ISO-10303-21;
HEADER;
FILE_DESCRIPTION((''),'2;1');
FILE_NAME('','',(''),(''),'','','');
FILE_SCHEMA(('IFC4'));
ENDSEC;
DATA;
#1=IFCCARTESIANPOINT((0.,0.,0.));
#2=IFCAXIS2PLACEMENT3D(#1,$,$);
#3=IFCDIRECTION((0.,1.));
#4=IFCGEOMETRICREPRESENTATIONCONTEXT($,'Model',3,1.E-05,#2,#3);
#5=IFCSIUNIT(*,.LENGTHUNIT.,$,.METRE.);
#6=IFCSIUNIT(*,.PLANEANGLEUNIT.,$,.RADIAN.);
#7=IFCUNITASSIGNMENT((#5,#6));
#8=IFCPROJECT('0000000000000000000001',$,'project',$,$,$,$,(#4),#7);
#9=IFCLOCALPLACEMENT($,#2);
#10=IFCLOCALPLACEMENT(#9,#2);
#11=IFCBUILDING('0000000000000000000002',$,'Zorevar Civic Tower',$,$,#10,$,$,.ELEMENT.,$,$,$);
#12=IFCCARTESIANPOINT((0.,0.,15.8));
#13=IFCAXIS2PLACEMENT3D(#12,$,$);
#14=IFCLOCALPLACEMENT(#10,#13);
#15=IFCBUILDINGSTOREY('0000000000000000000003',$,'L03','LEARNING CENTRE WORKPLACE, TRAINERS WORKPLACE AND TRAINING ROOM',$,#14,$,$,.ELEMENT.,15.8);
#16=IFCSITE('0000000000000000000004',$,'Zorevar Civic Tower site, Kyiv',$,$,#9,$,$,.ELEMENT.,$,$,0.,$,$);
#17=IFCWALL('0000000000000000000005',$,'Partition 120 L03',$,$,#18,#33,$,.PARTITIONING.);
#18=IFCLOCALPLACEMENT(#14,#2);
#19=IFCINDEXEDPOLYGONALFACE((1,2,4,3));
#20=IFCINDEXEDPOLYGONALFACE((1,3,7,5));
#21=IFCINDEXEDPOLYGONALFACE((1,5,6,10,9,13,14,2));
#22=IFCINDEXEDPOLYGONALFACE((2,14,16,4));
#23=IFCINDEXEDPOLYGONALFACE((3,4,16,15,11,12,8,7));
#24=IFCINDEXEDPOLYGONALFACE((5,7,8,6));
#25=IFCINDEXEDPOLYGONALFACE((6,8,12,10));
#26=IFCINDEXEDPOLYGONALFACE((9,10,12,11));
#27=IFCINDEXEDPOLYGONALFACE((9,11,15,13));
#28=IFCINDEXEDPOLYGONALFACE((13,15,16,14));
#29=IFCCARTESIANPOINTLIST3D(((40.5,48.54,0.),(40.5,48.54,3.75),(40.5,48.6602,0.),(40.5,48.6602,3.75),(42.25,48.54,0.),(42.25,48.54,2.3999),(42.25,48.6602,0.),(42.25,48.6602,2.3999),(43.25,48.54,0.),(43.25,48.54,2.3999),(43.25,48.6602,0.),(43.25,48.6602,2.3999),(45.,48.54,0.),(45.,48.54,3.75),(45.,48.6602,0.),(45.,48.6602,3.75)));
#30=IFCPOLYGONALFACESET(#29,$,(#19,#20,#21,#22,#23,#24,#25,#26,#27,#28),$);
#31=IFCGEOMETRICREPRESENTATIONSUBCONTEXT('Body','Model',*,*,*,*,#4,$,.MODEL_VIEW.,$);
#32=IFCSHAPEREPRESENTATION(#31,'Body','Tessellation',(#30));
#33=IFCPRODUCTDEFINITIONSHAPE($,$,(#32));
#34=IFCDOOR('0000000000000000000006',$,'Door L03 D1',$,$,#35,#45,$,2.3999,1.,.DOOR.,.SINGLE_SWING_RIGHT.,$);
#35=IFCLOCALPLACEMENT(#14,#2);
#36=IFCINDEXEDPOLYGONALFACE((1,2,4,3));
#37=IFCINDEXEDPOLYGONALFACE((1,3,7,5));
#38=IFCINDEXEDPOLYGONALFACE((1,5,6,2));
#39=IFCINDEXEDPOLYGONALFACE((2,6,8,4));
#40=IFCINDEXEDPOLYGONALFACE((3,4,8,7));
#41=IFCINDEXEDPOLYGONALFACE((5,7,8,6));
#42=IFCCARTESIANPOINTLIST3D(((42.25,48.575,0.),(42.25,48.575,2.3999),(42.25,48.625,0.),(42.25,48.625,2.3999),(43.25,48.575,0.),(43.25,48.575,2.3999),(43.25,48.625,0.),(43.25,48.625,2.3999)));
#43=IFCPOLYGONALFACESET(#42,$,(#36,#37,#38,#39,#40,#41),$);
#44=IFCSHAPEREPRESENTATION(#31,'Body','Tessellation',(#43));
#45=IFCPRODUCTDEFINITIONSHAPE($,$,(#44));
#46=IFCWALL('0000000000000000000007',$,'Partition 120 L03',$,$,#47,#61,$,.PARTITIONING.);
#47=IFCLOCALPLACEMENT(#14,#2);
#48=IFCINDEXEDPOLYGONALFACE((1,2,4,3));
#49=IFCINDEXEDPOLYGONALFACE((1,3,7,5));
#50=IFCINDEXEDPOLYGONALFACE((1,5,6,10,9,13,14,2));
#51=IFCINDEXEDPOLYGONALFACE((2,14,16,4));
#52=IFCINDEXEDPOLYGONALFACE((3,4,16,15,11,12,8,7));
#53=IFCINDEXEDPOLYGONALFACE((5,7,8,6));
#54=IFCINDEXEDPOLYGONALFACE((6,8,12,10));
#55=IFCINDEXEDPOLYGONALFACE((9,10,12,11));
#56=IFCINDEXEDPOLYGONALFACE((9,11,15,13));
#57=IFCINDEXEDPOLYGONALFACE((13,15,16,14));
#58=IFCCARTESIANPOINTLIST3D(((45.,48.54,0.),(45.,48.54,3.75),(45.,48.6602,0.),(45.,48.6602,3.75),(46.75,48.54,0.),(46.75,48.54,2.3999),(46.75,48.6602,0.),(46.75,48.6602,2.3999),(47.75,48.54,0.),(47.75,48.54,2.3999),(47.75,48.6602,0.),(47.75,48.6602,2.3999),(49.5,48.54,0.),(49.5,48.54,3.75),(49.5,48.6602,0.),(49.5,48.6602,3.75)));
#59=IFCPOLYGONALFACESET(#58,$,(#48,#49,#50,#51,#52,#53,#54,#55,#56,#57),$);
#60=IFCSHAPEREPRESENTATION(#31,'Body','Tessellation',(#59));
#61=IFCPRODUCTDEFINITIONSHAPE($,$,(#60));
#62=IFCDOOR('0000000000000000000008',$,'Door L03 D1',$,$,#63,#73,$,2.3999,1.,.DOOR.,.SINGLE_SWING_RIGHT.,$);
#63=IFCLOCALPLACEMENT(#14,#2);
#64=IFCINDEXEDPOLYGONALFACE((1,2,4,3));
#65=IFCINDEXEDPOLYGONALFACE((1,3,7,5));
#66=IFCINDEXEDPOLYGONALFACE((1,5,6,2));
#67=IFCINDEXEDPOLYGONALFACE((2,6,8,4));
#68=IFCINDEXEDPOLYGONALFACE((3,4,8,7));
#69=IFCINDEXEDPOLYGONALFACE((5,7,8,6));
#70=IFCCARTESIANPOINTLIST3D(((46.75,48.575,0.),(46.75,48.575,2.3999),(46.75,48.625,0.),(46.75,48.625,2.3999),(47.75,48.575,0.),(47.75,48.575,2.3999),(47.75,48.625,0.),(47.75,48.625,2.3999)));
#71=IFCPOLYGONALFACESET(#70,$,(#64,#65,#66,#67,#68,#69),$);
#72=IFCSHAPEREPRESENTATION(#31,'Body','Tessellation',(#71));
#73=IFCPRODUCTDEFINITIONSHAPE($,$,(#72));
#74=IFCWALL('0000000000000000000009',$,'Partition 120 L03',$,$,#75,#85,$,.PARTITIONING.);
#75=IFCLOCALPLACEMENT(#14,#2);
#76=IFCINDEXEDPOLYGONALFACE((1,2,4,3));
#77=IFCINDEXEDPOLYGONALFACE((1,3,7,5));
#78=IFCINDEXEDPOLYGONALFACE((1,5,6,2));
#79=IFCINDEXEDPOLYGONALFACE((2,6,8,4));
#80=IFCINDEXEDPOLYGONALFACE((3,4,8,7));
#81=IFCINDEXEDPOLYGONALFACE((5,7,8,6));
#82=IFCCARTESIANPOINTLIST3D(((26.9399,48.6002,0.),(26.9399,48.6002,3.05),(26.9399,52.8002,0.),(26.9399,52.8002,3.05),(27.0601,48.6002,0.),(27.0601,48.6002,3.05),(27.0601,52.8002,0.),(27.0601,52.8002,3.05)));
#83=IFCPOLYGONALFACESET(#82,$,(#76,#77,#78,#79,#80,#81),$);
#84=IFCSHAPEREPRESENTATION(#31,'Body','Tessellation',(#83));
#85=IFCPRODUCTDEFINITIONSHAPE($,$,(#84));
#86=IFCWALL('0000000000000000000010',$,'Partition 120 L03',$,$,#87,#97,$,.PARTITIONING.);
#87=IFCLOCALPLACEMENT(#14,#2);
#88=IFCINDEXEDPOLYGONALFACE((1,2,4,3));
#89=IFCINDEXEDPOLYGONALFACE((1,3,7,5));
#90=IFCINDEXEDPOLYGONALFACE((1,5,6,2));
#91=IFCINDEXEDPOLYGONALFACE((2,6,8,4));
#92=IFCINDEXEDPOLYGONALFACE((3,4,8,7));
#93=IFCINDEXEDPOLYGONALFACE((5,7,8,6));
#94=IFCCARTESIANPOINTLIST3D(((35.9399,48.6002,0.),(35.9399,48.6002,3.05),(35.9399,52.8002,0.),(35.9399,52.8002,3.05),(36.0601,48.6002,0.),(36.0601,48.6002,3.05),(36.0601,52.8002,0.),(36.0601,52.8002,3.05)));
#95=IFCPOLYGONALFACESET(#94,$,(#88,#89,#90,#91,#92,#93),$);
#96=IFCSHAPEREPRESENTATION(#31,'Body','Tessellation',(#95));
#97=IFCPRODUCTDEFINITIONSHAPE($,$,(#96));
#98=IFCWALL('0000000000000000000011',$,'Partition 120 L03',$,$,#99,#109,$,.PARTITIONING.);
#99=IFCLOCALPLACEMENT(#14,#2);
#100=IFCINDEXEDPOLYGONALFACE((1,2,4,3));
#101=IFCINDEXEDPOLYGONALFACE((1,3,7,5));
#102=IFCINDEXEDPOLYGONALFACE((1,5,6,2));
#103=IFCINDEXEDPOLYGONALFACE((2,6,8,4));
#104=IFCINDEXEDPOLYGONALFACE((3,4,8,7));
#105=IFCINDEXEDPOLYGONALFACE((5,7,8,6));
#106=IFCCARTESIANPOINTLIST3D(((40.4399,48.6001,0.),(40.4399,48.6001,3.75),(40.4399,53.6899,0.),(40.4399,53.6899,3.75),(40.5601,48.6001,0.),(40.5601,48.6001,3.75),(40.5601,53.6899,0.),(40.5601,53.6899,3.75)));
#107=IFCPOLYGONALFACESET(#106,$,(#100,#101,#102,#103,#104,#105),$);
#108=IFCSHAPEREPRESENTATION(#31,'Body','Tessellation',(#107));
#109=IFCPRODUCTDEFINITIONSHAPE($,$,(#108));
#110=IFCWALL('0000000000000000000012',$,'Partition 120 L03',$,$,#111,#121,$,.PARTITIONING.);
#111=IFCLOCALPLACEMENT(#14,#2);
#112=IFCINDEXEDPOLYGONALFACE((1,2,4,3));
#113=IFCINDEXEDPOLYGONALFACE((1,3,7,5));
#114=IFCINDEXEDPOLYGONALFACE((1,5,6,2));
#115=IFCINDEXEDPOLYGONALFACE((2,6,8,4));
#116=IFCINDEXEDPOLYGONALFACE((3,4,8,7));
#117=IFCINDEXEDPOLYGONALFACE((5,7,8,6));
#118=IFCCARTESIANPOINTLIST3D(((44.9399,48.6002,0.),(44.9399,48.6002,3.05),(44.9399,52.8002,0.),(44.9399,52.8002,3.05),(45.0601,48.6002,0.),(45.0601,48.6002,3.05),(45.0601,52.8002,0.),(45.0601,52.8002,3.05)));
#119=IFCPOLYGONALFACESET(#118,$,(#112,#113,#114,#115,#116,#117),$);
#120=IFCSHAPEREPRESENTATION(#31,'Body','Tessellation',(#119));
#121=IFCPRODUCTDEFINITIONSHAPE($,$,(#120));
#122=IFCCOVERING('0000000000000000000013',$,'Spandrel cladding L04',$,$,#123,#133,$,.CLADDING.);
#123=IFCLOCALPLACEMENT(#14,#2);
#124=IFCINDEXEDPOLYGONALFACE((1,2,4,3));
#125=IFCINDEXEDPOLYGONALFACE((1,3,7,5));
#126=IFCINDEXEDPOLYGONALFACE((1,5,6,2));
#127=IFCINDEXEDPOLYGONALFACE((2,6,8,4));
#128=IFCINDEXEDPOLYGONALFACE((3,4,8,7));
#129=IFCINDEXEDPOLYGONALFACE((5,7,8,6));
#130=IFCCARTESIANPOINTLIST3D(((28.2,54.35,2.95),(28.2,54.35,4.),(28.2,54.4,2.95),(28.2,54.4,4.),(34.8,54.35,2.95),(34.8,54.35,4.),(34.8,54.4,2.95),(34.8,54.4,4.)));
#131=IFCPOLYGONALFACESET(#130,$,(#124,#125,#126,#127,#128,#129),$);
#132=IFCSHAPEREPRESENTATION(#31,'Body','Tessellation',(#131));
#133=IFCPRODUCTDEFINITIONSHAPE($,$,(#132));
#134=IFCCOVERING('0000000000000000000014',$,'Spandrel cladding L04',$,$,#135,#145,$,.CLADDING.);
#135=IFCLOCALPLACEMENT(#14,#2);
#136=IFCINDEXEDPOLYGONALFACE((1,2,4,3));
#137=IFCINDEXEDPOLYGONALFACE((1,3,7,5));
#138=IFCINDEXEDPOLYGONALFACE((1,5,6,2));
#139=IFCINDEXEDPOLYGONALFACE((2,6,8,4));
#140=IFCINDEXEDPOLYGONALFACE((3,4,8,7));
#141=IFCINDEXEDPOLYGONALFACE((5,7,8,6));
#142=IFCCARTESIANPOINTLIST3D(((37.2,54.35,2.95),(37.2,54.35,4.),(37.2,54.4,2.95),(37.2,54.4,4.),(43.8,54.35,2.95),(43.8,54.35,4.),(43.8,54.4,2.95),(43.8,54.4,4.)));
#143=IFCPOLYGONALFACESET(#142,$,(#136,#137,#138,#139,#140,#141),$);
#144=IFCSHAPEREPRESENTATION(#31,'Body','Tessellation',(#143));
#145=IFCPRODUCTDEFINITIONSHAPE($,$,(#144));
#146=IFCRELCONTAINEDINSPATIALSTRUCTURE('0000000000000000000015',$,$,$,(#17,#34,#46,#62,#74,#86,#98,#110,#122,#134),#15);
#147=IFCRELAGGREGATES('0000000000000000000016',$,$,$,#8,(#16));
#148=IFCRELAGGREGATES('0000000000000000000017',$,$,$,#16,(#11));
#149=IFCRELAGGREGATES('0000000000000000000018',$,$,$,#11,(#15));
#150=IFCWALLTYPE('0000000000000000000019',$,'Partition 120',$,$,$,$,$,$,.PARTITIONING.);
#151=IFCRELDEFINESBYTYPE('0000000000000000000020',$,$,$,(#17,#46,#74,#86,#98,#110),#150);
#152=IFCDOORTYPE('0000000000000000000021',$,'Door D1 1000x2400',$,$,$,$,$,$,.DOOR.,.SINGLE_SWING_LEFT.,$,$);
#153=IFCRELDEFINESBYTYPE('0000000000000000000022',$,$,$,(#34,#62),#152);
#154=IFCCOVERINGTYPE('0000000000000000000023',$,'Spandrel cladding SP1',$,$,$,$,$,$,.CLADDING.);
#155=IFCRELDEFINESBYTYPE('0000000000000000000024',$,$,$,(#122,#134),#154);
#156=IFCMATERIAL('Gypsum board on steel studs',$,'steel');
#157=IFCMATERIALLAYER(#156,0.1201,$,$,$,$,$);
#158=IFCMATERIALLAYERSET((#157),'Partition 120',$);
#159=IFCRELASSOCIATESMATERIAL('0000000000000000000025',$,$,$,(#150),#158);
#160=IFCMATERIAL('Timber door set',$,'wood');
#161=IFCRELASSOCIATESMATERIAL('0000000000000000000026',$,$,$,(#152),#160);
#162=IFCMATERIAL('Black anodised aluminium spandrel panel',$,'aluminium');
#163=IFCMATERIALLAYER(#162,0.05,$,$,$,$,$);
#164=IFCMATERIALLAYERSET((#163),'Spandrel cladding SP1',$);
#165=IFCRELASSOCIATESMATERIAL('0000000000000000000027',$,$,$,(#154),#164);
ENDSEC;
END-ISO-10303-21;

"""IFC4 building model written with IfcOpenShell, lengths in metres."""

from ifc_helpers import new_model, si_unit, direction, frame, frame_2d, origin, place, context, subcontext, project, spatial, rectangle, extrude, material, layer, layer_set, type_object, element, fill, save


model = new_model("IFC4")

# Units and contexts
model_context = context("Model", 3, precision=1e-05, world=origin(), true_north=direction((0.0, 1.0)))
body_context = subcontext(model_context, "Body", "Model", "MODEL_VIEW")
ifc_project = project(units=[si_unit("LENGTHUNIT", "METRE"), si_unit("PLANEANGLEUNIT", "RADIAN")], contexts=[model_context])

# Site, building, storey
site_placement = place(None, origin())
site = spatial("IfcSite", under=ifc_project, at=site_placement, Name="Zorevar Civic Tower site, Kyiv", CompositionType="ELEMENT", RefElevation=0.0)
building_placement = place(site_placement, origin())
building = spatial("IfcBuilding", under=site, at=building_placement, Name="Zorevar Civic Tower", CompositionType="ELEMENT")
storey_placement = place(building_placement, frame((0.0, 0.0, 15.8)))
storey = spatial("IfcBuildingStorey", under=building, at=storey_placement, Name="L03", Description="LEARNING CENTRE WORKPLACE, TRAINERS WORKPLACE AND TRAINING ROOM", CompositionType="ELEMENT", Elevation=15.8)

# Walls, openings, doors
ifc_material_1 = material(Name="Gypsum board on steel studs", Category="steel")
ifc_layer_1 = layer(ifc_material_1, 0.1201)
ifc_layer_set_1 = layer_set([ifc_layer_1], Name="Partition 120")
wall_type = type_object("IfcWallType", Name="Partition 120", PredefinedType="PARTITIONING", material=ifc_layer_set_1)
ifc_material_2 = material(Name="Timber door set", Category="wood")
door_type = type_object("IfcDoorType", Name="Door D1 1000x2400", OperationType="SINGLE_SWING_LEFT", PredefinedType="DOOR", material=ifc_material_2)
wall_1_placement = place(storey_placement, frame((40.5, 48.6001, 0.0), z_axis=(0.0, 0.0, 1.0), x_axis=(1.0, 0.0, 0.0)))
wall_1 = element("IfcWall", 1, at=wall_1_placement, inside=storey, type_object=wall_type, Name="Partition 120 L03", PredefinedType="PARTITIONING", context=body_context, shape_type="SweptSolid", body=[
    extrude(rectangle(XDim=4.5, YDim=0.1201, at=frame_2d((2.25, 0.0))), origin(), (0.0, 0.0, 1.0), 3.75),
])
opening_1_placement = place(wall_1_placement, frame((1.75, 0.0, 0.0)))
opening_1 = element("IfcOpeningElement", 2, at=opening_1_placement, cuts=wall_1, PredefinedType="OPENING", context=body_context, shape_type="SweptSolid", body=[
    extrude(rectangle(XDim=1.0, YDim=2.3999, at=frame_2d((0.5, 1.2))), frame((0.0, 0.0701, 0.0), z_axis=(0.0, -1.0, 0.0), x_axis=(1.0, 0.0, 0.0)), (0.0, 0.0, 1.0), 0.1401),
])
door_1_placement = place(opening_1_placement, origin())
door_1 = element("IfcDoor", 3, at=door_1_placement, inside=storey, type_object=door_type, Name="Door L03 D1", OperationType="SINGLE_SWING_RIGHT", OverallHeight=2.3999, OverallWidth=1.0, PredefinedType="DOOR", context=body_context, shape_type="SweptSolid", body=[
    extrude(rectangle(XDim=1.0, YDim=2.3999, at=frame_2d((0.5, 1.2))), frame((0.0, 0.0249, 0.0), z_axis=(0.0, -1.0, 0.0), x_axis=(1.0, 0.0, 0.0)), (0.0, 0.0, 1.0), 0.05),
])
fill(opening_1, door_1)
wall_2_placement = place(storey_placement, frame((45.0, 48.6001, 0.0), z_axis=(0.0, 0.0, 1.0), x_axis=(1.0, 0.0, 0.0)))
wall_2 = element("IfcWall", 4, at=wall_2_placement, inside=storey, type_object=wall_type, Name="Partition 120 L03", PredefinedType="PARTITIONING", context=body_context, shape_type="SweptSolid", body=[
    extrude(rectangle(XDim=4.5, YDim=0.1201, at=frame_2d((2.25, 0.0))), origin(), (0.0, 0.0, 1.0), 3.75),
])
opening_2_placement = place(wall_2_placement, frame((1.75, 0.0, 0.0)))
opening_2 = element("IfcOpeningElement", 5, at=opening_2_placement, cuts=wall_2, PredefinedType="OPENING", context=body_context, shape_type="SweptSolid", body=[
    extrude(rectangle(XDim=1.0, YDim=2.3999, at=frame_2d((0.5, 1.2))), frame((0.0, 0.0701, 0.0), z_axis=(0.0, -1.0, 0.0), x_axis=(1.0, 0.0, 0.0)), (0.0, 0.0, 1.0), 0.1401),
])
door_2_placement = place(opening_2_placement, origin())
door_2 = element("IfcDoor", 6, at=door_2_placement, inside=storey, type_object=door_type, Name="Door L03 D1", OperationType="SINGLE_SWING_RIGHT", OverallHeight=2.3999, OverallWidth=1.0, PredefinedType="DOOR", context=body_context, shape_type="SweptSolid", body=[
    extrude(rectangle(XDim=1.0, YDim=2.3999, at=frame_2d((0.5, 1.2))), frame((0.0, 0.0249, 0.0), z_axis=(0.0, -1.0, 0.0), x_axis=(1.0, 0.0, 0.0)), (0.0, 0.0, 1.0), 0.05),
])
fill(opening_2, door_2)

# Walls
for number, where, z_axis, x_axis, name in (
    (7, (27.0, 48.6001, 0.0), (0.0, 0.0, 1.0), (0.0, 1.0, 0.0), "Partition 120 L03"),
    (8, (36.0, 48.6001, 0.0), (0.0, 0.0, 1.0), (0.0, 1.0, 0.0), "Partition 120 L03"),
):
    element("IfcWall", number, at=place(storey_placement, frame(where, z_axis=z_axis, x_axis=x_axis)), inside=storey, type_object=wall_type, Name=name, PredefinedType="PARTITIONING", context=body_context, shape_type="SweptSolid", body=[
        extrude(rectangle(XDim=4.2, YDim=0.1201, at=frame_2d((2.1001, 0.0))), origin(), (0.0, 0.0, 1.0), 3.05),
    ])
wall_3_placement = place(storey_placement, frame((40.5, 48.6001, 0.0), z_axis=(0.0, 0.0, 1.0), x_axis=(0.0, 1.0, 0.0)))
element("IfcWall", 9, at=wall_3_placement, inside=storey, type_object=wall_type, Name="Partition 120 L03", PredefinedType="PARTITIONING", context=body_context, shape_type="SweptSolid", body=[
    extrude(rectangle(XDim=5.0898, YDim=0.1201, at=frame_2d((2.5449, 0.0))), origin(), (0.0, 0.0, 1.0), 3.75),
])
wall_4_placement = place(storey_placement, frame((45.0, 48.6001, 0.0), z_axis=(0.0, 0.0, 1.0), x_axis=(0.0, 1.0, 0.0)))
element("IfcWall", 10, at=wall_4_placement, inside=storey, type_object=wall_type, Name="Partition 120 L03", PredefinedType="PARTITIONING", context=body_context, shape_type="SweptSolid", body=[
    extrude(rectangle(XDim=4.2, YDim=0.1201, at=frame_2d((2.1001, 0.0))), origin(), (0.0, 0.0, 1.0), 3.05),
])

# Coverings
ifc_material_3 = material(Name="Black anodised aluminium spandrel panel", Category="aluminium")
ifc_layer_2 = layer(ifc_material_3, 0.05)
ifc_layer_set_2 = layer_set([ifc_layer_2], Name="Spandrel cladding SP1")
covering_type = type_object("IfcCoveringType", Name="Spandrel cladding SP1", PredefinedType="CLADDING", material=ifc_layer_set_2)
for number, where, z_axis, x_axis, name in (
    (11, (28.2, 54.375, 2.95), (0.0, 0.0, 1.0), (1.0, 0.0, 0.0), "Spandrel cladding L04"),
    (12, (37.2, 54.375, 2.95), (0.0, 0.0, 1.0), (1.0, 0.0, 0.0), "Spandrel cladding L04"),
):
    element("IfcCovering", number, at=place(storey_placement, frame(where, z_axis=z_axis, x_axis=x_axis)), inside=storey, type_object=covering_type, Name=name, PredefinedType="CLADDING", context=body_context, shape_type="SweptSolid", body=[
        extrude(rectangle(XDim=6.6001, YDim=0.05, at=frame_2d((3.3, 0.0))), origin(), (0.0, 0.0, 1.0), 1.05),
    ])

save(model, "model.ifc")
